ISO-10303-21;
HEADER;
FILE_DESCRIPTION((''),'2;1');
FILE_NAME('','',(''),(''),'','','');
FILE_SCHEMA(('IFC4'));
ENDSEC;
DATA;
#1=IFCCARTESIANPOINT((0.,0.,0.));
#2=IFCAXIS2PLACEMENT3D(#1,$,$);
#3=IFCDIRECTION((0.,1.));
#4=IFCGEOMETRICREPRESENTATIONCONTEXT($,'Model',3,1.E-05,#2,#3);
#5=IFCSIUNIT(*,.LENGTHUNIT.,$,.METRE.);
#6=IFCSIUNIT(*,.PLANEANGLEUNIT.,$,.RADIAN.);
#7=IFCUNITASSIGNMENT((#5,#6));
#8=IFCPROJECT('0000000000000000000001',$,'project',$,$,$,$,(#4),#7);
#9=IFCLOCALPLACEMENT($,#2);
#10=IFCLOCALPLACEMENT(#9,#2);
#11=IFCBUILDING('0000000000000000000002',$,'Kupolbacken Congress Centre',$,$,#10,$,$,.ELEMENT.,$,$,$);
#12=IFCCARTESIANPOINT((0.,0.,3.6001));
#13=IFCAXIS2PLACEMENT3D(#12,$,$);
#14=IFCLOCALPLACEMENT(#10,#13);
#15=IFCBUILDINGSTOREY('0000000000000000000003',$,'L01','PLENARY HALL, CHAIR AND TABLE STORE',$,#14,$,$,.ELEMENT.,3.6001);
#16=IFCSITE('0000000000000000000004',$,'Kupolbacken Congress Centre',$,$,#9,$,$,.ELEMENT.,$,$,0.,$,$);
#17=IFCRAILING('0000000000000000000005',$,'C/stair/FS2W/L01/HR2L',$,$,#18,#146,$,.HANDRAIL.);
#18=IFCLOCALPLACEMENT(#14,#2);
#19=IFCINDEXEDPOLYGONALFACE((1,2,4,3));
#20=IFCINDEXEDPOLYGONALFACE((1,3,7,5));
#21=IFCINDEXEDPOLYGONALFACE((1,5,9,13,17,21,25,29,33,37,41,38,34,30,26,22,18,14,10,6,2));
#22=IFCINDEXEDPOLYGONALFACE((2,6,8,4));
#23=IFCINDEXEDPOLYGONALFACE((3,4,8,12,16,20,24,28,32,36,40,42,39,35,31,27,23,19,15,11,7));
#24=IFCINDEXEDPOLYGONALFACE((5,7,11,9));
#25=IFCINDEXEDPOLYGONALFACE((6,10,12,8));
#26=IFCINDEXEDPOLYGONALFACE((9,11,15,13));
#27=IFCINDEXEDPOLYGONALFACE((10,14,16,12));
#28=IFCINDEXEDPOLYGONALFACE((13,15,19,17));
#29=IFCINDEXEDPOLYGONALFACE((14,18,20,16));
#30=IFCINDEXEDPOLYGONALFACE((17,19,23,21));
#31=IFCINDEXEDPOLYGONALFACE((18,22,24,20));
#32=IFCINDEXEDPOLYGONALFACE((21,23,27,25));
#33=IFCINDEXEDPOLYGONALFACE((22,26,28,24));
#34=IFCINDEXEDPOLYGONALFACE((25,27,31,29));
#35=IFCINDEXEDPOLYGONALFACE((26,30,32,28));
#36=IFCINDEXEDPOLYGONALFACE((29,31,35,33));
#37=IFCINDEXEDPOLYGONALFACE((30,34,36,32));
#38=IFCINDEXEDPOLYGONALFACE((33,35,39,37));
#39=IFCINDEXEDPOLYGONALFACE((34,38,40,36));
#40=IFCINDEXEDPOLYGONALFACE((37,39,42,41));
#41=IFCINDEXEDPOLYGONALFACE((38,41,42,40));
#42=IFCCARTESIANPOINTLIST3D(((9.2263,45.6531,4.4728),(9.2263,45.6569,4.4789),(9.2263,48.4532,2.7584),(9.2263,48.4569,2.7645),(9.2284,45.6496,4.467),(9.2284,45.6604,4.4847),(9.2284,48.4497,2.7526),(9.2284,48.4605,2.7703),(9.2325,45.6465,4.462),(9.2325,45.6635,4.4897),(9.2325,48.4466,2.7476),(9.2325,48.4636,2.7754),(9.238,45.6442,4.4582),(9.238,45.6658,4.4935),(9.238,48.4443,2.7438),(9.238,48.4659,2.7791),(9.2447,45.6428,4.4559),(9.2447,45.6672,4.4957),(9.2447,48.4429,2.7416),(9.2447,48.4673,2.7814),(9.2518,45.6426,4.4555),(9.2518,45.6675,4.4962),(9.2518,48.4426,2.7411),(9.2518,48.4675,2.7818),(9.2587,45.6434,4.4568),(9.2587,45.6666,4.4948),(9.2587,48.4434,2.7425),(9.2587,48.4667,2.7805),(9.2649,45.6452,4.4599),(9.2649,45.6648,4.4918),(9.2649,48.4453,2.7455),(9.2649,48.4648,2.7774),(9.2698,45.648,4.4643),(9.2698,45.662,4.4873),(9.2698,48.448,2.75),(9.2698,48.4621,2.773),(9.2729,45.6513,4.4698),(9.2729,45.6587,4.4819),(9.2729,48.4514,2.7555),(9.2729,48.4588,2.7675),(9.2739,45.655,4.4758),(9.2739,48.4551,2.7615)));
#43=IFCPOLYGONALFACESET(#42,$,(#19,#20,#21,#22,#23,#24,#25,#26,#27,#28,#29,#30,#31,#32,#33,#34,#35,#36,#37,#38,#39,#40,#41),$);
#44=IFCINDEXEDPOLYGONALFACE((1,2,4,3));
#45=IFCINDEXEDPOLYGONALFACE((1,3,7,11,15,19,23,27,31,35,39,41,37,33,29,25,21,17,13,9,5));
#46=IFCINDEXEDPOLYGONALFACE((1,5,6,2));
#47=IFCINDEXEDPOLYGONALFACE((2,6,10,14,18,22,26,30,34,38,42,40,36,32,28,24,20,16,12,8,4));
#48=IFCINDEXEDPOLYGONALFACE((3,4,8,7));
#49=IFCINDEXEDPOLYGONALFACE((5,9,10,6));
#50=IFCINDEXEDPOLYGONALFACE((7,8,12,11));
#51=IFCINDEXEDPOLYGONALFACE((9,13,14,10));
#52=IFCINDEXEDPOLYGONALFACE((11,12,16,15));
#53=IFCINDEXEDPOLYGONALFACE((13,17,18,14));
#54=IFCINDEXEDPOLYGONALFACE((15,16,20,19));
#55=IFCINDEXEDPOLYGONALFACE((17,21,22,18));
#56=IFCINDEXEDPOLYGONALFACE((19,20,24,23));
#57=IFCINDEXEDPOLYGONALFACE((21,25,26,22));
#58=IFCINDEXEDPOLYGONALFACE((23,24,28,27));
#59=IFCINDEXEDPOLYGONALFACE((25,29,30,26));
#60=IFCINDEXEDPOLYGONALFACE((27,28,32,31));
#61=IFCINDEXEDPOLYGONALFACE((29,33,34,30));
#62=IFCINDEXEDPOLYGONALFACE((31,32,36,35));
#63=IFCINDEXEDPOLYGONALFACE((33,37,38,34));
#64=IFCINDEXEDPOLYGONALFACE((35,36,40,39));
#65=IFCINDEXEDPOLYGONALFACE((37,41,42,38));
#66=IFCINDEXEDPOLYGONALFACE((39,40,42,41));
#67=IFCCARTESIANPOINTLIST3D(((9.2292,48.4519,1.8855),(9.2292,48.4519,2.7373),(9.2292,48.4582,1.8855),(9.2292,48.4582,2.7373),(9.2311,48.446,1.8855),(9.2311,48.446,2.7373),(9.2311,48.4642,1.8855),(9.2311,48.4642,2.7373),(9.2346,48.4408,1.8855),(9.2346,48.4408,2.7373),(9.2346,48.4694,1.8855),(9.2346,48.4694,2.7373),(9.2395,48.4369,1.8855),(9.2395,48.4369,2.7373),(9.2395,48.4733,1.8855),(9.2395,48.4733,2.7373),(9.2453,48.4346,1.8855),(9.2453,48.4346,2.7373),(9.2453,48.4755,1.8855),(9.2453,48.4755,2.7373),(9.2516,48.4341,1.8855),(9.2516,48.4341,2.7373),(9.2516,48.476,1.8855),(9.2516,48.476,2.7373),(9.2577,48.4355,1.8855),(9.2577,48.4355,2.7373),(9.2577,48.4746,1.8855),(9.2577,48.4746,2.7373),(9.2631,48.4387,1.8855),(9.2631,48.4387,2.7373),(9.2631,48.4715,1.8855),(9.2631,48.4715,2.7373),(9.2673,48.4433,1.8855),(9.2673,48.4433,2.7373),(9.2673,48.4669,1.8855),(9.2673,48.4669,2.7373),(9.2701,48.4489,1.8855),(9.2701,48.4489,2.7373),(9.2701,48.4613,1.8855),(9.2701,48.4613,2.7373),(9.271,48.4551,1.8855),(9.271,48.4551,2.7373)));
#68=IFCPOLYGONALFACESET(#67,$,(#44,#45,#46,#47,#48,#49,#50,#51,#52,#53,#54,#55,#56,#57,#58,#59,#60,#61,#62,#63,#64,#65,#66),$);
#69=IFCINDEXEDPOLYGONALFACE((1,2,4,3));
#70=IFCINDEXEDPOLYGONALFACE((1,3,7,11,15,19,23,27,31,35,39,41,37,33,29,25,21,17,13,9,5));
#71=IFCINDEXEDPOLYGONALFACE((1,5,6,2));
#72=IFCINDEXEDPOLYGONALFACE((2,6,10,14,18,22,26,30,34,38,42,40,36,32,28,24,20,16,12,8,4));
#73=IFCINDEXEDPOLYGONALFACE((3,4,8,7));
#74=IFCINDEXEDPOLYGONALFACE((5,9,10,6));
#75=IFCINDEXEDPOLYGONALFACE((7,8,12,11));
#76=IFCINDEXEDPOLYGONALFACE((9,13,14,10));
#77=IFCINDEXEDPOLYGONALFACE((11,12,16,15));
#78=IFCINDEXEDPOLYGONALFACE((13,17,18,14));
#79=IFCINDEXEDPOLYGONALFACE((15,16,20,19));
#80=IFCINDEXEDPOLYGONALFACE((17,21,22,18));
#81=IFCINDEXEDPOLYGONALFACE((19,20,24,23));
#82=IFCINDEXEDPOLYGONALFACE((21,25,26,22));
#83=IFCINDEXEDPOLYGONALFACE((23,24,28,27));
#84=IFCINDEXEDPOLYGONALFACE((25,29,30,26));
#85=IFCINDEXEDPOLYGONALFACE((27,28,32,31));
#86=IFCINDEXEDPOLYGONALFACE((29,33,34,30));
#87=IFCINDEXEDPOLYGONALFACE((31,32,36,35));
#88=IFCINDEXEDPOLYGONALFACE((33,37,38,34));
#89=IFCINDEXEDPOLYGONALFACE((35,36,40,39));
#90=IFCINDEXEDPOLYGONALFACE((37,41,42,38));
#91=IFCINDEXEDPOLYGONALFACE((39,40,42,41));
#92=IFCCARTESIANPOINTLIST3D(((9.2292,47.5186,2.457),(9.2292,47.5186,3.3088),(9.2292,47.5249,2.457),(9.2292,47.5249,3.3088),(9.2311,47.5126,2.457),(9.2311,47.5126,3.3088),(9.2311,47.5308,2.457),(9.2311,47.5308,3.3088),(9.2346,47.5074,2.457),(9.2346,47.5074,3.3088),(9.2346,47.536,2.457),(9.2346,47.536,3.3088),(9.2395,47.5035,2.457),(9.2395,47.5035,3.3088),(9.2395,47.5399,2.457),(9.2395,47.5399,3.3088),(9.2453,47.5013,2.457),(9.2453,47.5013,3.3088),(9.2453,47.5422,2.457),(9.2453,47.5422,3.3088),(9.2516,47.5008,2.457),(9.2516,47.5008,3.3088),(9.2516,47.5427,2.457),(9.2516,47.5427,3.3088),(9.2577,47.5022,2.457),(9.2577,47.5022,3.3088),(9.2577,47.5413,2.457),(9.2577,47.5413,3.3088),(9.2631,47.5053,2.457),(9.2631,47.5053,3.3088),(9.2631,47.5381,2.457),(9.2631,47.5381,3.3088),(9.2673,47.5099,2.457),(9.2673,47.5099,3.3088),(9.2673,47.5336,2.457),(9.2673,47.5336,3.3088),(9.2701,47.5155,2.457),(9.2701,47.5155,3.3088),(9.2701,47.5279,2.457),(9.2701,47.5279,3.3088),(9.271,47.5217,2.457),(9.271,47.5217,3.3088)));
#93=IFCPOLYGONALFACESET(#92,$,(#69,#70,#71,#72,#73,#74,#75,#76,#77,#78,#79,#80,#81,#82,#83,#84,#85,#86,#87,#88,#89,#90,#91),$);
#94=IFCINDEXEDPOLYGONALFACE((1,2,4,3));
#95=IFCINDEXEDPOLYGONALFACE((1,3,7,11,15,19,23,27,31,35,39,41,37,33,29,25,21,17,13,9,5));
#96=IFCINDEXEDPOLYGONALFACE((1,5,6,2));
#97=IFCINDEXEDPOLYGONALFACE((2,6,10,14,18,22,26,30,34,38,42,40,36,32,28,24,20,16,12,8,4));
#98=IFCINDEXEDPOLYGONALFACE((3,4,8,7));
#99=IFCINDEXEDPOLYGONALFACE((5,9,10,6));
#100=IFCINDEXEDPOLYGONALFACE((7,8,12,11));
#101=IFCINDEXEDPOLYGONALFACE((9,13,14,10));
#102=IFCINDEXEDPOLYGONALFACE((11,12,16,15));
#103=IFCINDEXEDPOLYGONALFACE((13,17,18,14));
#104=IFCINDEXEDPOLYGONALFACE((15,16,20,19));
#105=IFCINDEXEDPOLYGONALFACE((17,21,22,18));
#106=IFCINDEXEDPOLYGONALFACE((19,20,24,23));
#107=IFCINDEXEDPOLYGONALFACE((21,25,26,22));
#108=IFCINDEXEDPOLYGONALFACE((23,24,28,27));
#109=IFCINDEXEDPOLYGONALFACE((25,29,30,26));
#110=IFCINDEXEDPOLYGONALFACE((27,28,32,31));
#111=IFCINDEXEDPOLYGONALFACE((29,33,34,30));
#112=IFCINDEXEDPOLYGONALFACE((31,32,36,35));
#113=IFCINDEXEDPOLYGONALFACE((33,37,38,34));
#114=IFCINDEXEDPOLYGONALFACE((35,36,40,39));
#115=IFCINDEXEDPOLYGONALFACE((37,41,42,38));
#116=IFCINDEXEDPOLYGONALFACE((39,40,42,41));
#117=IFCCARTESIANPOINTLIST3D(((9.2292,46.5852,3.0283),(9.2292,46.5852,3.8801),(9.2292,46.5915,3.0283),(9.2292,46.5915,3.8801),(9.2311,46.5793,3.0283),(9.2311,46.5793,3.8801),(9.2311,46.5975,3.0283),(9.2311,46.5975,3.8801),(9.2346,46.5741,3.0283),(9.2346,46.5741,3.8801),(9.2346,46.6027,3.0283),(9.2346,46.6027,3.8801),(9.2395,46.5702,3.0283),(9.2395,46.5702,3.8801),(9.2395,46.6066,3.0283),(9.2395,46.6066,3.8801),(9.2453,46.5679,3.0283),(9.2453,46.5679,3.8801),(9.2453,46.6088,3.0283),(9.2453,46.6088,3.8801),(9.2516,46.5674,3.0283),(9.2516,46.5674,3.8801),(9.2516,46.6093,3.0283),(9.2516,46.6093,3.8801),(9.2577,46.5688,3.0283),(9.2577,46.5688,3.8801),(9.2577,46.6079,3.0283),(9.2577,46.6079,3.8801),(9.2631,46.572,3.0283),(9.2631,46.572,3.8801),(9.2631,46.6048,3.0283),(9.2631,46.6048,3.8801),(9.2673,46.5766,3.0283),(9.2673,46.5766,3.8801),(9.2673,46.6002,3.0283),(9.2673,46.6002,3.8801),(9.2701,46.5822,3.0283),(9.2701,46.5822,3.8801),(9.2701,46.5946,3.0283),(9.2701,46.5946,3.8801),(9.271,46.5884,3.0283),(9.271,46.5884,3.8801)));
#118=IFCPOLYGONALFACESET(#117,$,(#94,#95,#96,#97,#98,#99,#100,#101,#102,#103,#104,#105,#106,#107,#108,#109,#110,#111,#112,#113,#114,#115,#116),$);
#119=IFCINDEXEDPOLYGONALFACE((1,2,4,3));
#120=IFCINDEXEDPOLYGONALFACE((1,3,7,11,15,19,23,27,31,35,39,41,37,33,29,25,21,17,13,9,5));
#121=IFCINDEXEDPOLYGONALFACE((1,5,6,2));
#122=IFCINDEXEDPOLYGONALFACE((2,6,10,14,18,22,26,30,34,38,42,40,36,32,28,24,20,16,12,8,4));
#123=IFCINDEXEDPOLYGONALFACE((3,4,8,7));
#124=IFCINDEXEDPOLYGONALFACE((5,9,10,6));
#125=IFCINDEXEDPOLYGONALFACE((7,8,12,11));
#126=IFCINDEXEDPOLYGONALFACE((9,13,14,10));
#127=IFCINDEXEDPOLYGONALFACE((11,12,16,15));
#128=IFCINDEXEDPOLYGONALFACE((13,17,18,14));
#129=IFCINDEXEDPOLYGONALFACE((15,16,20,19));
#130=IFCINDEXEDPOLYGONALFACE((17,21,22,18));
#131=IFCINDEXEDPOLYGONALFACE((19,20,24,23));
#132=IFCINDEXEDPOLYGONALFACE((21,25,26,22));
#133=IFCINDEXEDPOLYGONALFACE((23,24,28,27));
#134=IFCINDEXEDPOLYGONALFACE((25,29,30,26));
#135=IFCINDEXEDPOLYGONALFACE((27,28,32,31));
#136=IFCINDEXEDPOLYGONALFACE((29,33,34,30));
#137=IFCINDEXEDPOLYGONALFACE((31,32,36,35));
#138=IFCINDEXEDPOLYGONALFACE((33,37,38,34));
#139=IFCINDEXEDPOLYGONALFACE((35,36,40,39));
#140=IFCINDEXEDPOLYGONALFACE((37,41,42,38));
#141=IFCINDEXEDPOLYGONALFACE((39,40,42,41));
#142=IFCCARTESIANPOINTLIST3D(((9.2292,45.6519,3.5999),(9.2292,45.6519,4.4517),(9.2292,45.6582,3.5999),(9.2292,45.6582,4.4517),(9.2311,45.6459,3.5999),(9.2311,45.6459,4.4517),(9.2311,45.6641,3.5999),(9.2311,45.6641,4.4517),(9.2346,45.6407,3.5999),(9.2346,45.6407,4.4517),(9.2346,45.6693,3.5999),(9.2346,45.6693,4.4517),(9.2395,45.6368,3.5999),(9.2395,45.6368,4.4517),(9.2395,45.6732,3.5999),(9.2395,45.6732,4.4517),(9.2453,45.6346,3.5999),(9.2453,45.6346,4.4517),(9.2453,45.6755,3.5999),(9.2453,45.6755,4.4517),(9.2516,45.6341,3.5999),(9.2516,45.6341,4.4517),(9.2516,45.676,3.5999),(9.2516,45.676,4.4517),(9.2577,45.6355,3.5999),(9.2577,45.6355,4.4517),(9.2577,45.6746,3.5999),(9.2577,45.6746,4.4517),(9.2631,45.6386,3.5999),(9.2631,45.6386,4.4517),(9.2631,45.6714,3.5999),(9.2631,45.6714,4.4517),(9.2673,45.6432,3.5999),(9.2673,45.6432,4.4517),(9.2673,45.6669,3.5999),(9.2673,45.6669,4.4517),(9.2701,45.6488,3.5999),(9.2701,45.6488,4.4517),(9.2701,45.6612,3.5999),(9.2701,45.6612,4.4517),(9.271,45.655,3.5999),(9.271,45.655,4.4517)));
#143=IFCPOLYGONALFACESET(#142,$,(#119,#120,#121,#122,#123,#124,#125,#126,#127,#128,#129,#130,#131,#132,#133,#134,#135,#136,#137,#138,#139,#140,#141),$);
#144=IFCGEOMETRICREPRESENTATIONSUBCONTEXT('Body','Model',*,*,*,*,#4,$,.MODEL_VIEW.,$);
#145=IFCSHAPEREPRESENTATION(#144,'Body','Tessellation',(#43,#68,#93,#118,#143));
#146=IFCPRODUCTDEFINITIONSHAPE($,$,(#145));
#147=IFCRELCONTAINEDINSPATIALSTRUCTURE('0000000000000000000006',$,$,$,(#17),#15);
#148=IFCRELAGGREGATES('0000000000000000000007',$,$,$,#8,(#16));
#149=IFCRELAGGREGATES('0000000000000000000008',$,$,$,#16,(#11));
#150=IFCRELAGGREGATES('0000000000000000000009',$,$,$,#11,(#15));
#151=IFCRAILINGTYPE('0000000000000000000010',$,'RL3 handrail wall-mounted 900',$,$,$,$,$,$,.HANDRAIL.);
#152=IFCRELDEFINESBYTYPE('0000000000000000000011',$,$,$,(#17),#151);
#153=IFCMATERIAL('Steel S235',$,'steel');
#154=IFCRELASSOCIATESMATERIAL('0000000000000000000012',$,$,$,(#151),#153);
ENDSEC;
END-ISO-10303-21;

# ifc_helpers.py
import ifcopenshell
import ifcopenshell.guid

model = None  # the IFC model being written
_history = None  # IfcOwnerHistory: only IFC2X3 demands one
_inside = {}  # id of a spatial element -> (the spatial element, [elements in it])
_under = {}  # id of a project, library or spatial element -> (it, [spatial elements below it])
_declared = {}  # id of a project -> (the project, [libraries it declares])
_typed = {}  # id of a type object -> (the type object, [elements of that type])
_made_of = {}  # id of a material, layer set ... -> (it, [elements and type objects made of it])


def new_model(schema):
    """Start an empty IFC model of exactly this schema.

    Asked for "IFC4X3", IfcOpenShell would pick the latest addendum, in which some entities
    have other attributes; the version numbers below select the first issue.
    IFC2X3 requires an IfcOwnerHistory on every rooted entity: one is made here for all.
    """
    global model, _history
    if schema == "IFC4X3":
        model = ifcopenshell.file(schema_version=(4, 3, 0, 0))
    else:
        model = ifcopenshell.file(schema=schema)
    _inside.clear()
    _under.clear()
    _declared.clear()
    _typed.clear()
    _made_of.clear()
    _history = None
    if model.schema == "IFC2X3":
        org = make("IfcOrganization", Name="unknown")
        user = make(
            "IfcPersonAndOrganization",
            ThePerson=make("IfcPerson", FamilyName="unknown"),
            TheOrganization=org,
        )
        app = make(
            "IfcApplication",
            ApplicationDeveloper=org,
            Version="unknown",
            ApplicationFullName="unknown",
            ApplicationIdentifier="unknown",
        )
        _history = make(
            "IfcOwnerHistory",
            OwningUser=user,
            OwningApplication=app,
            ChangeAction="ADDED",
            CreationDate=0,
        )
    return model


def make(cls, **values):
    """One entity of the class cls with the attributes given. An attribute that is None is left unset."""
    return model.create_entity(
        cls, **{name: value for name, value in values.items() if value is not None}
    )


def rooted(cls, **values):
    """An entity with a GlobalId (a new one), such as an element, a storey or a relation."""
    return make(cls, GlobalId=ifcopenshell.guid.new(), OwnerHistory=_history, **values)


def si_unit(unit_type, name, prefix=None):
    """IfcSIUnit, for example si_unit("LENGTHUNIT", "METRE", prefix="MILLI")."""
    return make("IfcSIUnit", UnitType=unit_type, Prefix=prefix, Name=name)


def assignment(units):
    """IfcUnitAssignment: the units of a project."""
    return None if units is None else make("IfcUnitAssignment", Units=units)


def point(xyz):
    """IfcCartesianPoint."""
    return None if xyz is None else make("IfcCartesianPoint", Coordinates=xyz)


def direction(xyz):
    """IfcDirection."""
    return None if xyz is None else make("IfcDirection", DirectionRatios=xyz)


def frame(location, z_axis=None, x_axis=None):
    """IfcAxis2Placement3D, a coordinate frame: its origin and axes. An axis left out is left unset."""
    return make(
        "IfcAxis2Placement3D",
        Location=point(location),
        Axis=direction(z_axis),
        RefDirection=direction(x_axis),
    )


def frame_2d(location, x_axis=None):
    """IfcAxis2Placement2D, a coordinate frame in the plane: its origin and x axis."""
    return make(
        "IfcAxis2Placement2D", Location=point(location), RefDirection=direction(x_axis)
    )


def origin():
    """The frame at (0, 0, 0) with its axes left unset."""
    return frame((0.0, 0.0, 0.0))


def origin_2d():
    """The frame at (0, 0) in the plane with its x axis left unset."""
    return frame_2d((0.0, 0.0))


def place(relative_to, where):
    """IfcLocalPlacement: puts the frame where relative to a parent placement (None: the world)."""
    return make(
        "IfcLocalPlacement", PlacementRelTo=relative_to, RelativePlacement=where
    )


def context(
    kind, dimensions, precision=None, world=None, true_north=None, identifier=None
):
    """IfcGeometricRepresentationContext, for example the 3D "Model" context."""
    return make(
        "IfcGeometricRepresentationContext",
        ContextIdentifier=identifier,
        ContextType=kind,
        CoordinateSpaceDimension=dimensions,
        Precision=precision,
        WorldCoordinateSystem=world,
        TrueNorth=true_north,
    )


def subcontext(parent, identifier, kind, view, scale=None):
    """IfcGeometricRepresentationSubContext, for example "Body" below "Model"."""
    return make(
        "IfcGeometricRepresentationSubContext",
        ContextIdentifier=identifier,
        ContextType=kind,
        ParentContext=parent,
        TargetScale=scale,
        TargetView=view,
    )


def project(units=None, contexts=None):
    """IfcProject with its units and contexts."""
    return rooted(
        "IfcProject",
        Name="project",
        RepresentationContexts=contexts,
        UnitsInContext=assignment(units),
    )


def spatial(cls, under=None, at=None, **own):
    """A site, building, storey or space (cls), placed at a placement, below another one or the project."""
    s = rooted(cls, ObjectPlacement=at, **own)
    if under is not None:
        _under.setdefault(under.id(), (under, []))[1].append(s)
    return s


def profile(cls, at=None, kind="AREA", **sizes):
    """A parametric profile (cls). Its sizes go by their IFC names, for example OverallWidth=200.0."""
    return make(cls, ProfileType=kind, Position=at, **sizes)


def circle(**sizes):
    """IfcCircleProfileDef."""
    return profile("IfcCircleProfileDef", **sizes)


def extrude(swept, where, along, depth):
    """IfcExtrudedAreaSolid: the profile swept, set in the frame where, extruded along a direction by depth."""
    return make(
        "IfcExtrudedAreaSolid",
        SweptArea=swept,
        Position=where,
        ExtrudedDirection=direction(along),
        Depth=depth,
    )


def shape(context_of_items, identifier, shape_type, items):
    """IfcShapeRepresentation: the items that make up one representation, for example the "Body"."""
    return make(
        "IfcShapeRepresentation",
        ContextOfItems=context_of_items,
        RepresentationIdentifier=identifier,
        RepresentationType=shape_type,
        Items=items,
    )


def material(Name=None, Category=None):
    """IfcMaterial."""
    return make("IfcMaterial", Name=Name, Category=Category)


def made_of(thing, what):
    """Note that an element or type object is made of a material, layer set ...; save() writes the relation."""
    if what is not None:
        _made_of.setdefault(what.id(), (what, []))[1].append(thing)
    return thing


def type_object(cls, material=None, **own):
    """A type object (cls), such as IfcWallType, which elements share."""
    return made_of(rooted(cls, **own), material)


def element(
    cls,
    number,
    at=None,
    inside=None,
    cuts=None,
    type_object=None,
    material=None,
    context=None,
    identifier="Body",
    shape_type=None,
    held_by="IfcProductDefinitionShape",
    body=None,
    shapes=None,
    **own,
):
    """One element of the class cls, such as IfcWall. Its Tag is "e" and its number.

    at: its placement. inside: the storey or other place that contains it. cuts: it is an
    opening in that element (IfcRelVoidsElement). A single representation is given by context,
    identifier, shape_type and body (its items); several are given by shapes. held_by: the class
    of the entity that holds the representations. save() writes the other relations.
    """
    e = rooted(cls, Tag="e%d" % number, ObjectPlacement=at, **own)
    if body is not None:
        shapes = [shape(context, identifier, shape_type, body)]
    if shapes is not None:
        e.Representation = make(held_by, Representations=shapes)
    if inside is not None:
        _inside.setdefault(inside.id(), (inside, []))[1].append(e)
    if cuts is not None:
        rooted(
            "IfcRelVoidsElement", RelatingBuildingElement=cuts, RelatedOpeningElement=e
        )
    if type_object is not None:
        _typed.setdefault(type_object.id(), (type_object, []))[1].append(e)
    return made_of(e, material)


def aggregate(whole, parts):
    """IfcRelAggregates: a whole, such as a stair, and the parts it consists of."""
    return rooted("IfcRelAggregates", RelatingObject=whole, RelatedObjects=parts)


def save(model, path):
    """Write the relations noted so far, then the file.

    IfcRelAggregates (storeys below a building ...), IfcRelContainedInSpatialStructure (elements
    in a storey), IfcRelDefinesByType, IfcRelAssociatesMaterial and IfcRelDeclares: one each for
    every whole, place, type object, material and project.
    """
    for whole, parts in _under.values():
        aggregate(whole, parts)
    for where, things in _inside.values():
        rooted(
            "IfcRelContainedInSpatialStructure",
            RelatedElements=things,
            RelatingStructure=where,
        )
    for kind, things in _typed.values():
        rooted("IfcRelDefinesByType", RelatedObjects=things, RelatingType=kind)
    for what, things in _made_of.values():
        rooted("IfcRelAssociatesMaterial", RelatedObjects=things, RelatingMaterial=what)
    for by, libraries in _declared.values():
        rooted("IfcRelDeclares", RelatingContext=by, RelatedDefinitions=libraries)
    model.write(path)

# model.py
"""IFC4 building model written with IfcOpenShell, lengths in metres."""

from ifc_helpers import new_model, si_unit, direction, frame, origin, origin_2d, place, context, subcontext, project, spatial, circle, extrude, material, type_object, element, save


model = new_model("IFC4")

# Units and contexts
model_context = context("Model", 3, precision=1e-05, world=origin(), true_north=direction((0.0, 1.0)))
body_context = subcontext(model_context, "Body", "Model", "MODEL_VIEW")
ifc_project = project(units=[si_unit("LENGTHUNIT", "METRE"), si_unit("PLANEANGLEUNIT", "RADIAN")], contexts=[model_context])

# Site, building, storey
site_placement = place(None, origin())
site = spatial("IfcSite", under=ifc_project, at=site_placement, Name="Kupolbacken Congress Centre", CompositionType="ELEMENT", RefElevation=0.0)
building_placement = place(site_placement, origin())
building = spatial("IfcBuilding", under=site, at=building_placement, Name="Kupolbacken Congress Centre", CompositionType="ELEMENT")
storey_placement = place(building_placement, frame((0.0, 0.0, 3.6001)))
storey = spatial("IfcBuildingStorey", under=building, at=storey_placement, Name="L01", Description="PLENARY HALL, CHAIR AND TABLE STORE", CompositionType="ELEMENT", Elevation=3.6001)

# Railing
ifc_material_1 = material(Name="Steel S235", Category="steel")
railing_type = type_object("IfcRailingType", Name="RL3 handrail wall-mounted 900", PredefinedType="HANDRAIL", material=ifc_material_1)
for number, where, name in (
    (1, (9.25, 48.4551, 1.8855), "C/stair/FS2W/L01/HR2L"),
):
    element("IfcRailing", number, at=place(storey_placement, frame(where)), inside=storey, type_object=railing_type, Name=name, PredefinedType="HANDRAIL", context=body_context, shape_type="SweptSolid", body=[
        extrude(circle(Radius=0.0239, at=origin_2d()), frame((0.0, 0.0, 0.876), z_axis=(0.0, -0.852846, 0.522163), x_axis=(1.0, 0.0, 0.0)), (0.0, 0.0, 1.0), 3.2832),
        extrude(circle(Radius=0.021, at=origin_2d()), origin(), (0.0, 0.0, 1.0), 0.8518),
        extrude(circle(Radius=0.021, at=origin_2d()), frame((0.0, -0.9333, 0.5715)), (0.0, 0.0, 1.0), 0.8518),
        extrude(circle(Radius=0.021, at=origin_2d()), frame((0.0, -1.8667, 1.1428)), (0.0, 0.0, 1.0), 0.8518),
        extrude(circle(Radius=0.021, at=origin_2d()), frame((0.0, -2.8, 1.7144)), (0.0, 0.0, 1.0), 0.8518),
    ])

save(model, "model.ifc")
